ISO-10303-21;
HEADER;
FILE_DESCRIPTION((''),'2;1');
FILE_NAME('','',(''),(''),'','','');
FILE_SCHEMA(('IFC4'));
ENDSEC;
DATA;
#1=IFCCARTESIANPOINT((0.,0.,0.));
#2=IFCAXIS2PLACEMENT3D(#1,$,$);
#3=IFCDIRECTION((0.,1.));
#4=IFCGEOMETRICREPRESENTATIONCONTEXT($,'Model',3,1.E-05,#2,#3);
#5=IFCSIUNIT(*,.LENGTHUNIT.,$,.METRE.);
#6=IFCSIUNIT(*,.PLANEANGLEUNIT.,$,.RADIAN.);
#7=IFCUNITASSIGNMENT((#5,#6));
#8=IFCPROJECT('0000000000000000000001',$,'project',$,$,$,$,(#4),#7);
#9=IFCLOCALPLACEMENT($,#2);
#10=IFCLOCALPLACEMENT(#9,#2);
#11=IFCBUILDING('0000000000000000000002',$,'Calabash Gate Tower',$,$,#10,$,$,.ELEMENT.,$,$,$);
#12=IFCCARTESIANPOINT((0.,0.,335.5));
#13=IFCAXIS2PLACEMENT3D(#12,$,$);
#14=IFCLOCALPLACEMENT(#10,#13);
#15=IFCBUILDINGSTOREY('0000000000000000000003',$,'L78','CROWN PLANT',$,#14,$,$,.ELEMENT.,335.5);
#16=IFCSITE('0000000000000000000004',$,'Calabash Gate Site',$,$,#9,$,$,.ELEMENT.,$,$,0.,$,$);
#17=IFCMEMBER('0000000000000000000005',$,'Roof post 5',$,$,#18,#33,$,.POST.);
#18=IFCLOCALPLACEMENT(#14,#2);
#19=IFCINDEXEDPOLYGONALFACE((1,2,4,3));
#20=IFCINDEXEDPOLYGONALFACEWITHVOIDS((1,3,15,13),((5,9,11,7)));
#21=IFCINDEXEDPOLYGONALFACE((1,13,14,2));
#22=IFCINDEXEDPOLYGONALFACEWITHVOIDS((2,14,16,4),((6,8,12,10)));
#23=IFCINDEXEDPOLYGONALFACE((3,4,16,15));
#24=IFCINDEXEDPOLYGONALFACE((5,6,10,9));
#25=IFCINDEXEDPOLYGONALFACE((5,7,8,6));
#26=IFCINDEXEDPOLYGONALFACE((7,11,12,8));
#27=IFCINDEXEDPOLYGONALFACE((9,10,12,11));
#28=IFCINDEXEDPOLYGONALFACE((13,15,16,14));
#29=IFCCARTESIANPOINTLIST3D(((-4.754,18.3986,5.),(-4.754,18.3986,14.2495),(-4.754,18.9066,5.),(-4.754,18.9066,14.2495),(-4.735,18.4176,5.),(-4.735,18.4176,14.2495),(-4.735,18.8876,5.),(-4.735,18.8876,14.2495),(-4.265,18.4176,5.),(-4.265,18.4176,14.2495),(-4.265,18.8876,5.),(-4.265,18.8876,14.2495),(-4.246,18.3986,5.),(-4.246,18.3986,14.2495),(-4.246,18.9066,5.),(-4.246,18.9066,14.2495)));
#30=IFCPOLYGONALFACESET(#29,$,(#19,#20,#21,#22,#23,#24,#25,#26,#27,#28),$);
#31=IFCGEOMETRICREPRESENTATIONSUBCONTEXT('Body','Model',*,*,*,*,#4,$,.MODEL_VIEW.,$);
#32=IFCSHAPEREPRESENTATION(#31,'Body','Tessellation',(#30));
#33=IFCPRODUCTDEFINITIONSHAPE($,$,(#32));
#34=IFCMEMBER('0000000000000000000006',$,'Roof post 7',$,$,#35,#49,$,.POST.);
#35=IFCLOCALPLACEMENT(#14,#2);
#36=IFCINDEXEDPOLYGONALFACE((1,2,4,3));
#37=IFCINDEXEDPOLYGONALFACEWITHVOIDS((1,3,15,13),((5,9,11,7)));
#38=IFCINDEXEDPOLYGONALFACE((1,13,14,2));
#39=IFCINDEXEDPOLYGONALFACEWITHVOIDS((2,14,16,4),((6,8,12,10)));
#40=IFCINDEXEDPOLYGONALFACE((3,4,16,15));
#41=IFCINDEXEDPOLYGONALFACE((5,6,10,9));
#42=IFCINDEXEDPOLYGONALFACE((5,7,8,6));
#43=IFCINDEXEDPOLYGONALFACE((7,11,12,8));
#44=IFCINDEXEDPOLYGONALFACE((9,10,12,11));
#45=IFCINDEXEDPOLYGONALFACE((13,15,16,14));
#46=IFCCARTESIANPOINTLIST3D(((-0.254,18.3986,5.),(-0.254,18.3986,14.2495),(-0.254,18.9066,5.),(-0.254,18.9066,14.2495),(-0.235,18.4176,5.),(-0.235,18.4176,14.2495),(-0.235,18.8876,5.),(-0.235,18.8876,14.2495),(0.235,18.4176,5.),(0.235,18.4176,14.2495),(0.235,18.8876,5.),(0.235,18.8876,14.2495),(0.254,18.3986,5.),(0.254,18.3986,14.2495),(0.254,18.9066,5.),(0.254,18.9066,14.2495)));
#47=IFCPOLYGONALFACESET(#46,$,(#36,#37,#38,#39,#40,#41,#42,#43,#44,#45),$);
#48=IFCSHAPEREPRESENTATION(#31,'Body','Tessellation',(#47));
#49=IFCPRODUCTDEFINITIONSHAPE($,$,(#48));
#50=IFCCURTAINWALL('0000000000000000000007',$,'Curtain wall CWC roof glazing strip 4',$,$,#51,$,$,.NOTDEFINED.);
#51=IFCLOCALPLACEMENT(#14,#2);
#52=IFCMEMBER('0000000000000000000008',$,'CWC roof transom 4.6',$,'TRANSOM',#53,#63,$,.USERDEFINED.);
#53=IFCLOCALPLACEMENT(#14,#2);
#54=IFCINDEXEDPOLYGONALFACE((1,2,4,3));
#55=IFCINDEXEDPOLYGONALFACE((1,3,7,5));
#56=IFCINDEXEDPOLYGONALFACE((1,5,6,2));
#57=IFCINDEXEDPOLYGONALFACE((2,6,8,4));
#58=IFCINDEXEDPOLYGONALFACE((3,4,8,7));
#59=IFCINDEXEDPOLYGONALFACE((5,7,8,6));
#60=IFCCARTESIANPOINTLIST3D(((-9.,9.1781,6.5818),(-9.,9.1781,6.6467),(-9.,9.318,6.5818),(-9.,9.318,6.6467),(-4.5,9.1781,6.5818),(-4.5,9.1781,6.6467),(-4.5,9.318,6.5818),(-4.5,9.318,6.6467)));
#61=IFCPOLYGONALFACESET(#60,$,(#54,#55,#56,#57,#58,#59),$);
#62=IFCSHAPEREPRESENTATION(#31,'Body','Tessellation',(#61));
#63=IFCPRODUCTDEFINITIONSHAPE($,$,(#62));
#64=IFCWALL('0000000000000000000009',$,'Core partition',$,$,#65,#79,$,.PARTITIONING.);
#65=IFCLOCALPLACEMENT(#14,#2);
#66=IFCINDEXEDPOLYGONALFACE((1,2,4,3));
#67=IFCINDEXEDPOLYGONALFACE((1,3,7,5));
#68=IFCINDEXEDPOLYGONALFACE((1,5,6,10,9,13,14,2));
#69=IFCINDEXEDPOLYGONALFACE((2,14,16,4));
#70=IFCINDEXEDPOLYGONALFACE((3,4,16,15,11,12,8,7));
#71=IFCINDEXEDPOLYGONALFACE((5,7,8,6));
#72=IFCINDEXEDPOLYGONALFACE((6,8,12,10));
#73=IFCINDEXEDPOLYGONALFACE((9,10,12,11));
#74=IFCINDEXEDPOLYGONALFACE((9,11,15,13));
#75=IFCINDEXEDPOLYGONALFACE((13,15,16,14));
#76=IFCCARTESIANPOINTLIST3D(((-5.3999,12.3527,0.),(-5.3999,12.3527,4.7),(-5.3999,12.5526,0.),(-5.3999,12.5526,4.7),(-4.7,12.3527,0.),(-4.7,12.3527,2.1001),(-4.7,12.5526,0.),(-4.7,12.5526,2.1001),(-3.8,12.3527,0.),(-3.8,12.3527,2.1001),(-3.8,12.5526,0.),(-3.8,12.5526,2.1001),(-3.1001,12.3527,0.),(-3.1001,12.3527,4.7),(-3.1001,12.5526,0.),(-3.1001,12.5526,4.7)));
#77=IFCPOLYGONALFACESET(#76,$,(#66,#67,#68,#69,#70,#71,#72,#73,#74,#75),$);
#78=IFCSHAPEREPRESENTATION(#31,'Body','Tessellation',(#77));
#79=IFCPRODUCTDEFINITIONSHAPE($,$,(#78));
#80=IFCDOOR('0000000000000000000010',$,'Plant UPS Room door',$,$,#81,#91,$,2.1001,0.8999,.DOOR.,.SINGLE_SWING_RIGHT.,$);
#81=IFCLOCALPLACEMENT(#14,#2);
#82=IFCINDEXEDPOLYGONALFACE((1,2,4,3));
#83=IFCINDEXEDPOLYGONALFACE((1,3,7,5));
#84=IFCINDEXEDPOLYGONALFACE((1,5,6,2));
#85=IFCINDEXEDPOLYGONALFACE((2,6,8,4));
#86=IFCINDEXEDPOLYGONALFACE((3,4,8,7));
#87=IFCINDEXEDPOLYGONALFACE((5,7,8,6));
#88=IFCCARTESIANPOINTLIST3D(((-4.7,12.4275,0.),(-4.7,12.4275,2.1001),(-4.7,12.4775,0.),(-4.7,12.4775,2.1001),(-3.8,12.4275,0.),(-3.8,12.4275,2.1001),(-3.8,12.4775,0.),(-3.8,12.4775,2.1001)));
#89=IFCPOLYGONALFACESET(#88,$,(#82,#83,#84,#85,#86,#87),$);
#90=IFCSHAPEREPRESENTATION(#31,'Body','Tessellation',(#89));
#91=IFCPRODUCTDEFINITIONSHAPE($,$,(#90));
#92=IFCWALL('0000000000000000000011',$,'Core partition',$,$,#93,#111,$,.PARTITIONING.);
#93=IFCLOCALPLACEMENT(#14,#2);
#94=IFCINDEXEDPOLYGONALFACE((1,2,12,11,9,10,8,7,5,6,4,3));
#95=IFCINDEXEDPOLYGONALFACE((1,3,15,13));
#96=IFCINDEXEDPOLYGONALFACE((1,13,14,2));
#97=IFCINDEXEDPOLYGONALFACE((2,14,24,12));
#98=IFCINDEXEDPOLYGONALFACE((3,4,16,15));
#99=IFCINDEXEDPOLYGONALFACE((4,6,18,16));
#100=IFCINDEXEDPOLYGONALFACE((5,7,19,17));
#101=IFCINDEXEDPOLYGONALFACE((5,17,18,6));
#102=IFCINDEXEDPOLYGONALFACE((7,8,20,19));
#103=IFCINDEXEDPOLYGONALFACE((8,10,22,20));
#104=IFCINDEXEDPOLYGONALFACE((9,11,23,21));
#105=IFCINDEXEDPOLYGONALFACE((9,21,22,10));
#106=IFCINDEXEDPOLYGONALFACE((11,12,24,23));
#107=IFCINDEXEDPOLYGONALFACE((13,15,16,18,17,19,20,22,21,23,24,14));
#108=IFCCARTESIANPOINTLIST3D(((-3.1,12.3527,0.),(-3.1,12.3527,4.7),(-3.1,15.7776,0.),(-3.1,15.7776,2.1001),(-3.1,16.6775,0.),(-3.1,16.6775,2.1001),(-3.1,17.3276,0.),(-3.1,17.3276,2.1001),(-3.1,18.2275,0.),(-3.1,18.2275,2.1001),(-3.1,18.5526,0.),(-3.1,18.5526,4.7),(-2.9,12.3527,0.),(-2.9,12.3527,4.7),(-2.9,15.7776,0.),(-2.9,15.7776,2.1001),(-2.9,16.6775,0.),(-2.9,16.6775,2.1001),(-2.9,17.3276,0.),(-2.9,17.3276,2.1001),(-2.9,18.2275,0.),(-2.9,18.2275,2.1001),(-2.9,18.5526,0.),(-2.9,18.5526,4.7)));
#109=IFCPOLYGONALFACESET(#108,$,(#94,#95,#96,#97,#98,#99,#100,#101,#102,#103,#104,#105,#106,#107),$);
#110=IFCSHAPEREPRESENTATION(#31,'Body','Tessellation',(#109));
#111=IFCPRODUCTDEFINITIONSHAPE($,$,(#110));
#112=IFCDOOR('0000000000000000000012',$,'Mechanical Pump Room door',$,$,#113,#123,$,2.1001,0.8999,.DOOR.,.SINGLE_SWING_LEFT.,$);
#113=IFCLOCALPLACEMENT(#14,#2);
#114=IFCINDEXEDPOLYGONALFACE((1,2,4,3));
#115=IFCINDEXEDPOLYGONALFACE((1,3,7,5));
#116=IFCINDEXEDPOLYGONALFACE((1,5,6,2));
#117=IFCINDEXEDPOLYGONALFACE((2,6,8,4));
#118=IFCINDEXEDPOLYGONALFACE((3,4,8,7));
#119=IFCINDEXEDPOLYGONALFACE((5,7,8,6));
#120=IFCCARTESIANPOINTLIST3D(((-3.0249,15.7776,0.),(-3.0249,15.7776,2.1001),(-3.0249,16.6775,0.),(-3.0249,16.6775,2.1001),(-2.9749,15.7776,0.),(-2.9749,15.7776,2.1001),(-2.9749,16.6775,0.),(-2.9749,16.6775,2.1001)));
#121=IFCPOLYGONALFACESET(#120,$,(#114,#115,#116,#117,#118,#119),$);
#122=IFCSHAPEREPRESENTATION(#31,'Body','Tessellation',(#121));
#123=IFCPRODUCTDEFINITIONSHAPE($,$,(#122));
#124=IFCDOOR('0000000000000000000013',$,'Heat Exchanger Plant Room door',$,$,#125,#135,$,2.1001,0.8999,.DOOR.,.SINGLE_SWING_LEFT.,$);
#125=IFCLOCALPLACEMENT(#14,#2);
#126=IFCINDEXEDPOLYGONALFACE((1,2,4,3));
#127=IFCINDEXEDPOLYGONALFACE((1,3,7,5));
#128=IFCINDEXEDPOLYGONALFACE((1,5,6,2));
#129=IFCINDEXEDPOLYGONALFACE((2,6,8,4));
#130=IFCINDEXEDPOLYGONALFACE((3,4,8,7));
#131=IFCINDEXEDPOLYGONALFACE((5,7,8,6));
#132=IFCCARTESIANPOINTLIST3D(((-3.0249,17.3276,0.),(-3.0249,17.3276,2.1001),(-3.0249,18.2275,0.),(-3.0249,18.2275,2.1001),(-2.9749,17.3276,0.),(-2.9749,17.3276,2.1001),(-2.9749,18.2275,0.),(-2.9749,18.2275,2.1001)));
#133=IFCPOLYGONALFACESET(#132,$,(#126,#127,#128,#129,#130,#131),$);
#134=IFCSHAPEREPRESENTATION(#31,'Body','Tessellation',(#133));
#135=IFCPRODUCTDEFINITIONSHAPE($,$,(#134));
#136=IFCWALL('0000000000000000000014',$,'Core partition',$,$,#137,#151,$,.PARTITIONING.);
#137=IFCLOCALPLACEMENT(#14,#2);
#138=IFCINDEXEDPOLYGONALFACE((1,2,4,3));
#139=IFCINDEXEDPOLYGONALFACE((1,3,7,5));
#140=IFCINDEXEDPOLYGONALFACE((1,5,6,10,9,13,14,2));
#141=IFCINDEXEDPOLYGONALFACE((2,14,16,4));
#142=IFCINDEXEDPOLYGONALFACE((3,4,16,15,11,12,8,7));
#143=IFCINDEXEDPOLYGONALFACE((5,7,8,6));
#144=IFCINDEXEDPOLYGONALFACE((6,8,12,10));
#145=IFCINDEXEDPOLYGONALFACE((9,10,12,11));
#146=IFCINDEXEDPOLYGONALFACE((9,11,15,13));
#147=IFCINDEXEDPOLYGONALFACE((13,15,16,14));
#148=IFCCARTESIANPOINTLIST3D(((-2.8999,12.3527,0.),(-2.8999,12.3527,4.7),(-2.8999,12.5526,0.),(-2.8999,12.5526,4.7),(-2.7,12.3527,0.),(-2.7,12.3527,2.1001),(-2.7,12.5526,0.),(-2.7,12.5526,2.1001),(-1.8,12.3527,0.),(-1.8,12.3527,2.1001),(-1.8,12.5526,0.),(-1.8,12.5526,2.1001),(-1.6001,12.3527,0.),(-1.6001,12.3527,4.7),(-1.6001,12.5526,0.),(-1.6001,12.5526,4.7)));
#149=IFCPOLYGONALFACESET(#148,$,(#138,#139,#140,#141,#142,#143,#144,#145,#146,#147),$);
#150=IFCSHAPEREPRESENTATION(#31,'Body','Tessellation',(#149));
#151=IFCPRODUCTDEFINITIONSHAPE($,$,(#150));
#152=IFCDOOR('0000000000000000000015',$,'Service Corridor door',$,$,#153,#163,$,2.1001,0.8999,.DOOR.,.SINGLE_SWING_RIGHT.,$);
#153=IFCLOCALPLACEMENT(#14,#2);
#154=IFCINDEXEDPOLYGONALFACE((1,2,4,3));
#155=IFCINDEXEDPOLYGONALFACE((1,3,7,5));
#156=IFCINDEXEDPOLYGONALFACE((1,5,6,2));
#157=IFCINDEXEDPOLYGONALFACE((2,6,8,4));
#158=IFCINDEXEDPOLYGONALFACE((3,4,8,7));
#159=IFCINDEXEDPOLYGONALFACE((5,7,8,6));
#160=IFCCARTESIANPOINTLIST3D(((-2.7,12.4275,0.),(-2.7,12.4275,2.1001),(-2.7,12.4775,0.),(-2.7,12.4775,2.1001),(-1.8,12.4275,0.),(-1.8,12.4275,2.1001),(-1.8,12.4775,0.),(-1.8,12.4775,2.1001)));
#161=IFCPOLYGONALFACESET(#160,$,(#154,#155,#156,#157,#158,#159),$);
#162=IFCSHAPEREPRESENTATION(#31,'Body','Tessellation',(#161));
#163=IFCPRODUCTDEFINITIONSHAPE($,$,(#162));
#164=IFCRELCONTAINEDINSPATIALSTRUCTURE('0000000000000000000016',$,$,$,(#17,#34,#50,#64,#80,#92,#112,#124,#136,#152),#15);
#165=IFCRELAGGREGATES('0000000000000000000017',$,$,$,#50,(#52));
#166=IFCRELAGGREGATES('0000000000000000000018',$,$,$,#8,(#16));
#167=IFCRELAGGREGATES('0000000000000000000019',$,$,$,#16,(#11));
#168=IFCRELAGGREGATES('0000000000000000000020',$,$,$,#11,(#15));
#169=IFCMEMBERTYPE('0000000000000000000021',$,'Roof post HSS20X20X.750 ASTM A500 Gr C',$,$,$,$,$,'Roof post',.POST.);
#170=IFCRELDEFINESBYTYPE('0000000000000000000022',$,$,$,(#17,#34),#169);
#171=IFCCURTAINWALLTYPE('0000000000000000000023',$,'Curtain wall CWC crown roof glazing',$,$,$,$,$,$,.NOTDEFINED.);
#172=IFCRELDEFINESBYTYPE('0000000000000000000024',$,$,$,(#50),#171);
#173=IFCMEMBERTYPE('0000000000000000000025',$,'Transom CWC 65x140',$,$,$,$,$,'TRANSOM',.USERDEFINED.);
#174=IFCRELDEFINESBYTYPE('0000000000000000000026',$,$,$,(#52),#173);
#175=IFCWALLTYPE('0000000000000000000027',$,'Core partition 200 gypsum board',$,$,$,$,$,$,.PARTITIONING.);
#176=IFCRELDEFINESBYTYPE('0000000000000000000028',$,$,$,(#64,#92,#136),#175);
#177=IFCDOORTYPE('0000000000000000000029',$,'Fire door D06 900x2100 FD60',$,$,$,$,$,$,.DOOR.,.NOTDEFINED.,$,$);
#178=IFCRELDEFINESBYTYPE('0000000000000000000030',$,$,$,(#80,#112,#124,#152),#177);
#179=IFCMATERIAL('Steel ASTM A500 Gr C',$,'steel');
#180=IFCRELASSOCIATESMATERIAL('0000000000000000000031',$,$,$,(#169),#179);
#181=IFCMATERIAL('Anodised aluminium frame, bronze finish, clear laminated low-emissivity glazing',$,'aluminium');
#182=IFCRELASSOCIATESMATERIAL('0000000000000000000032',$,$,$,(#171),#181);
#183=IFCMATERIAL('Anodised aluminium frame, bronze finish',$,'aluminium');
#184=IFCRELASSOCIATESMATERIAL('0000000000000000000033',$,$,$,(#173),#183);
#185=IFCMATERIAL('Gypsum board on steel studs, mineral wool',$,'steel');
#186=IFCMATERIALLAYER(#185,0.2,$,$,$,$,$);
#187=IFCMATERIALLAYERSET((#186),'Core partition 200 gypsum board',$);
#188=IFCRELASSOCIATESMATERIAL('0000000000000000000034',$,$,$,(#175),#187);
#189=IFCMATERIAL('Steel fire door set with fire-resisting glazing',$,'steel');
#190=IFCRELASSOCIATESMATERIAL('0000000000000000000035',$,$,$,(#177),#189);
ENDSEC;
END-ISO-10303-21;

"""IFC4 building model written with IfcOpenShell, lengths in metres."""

from ifc_helpers import new_model, si_unit, direction, frame, frame_2d, origin, origin_2d, place, context, subcontext, project, spatial, rectangle, hollow_rectangle, extrude, material, layer, layer_set, material_profile, profile_set, type_object, element, fill, aggregate, save


model = new_model("IFC4")

# Units and contexts
model_context = context("Model", 3, precision=1e-05, world=origin(), true_north=direction((0.0, 1.0)))
body_context = subcontext(model_context, "Body", "Model", "MODEL_VIEW")
ifc_project = project(units=[si_unit("LENGTHUNIT", "METRE"), si_unit("PLANEANGLEUNIT", "RADIAN")], contexts=[model_context])

# Site, building, storey
site_placement = place(None, origin())
site = spatial("IfcSite", under=ifc_project, at=site_placement, Name="Calabash Gate Site", CompositionType="ELEMENT", RefElevation=0.0)
building_placement = place(site_placement, origin())
building = spatial("IfcBuilding", under=site, at=building_placement, Name="Calabash Gate Tower", CompositionType="ELEMENT")
storey_placement = place(building_placement, frame((0.0, 0.0, 335.5)))
storey = spatial("IfcBuildingStorey", under=building, at=storey_placement, Name="L78", Description="CROWN PLANT", CompositionType="ELEMENT", Elevation=335.5)

# Members
ifc_material_1 = material(Name="Steel ASTM A500 Gr C", Category="steel")
ifc_material_profile_1 = material_profile(ifc_material_1, hollow_rectangle(XDim=0.5081, YDim=0.5081, WallThickness=0.019, at=origin_2d()))
ifc_profile_set_1 = profile_set([ifc_material_profile_1], Name="Steel ASTM A500 Gr C")
member_type_1 = type_object("IfcMemberType", Name="Roof post HSS20X20X.750 ASTM A500 Gr C", ElementType="Roof post", PredefinedType="POST", material=ifc_profile_set_1)
for number, where, z_axis, x_axis, name in (
    (1, (-4.5, 18.6526, 5.0), (0.0, 0.0, 1.0), (1.0, 0.0, 0.0), "Roof post 5"),
    (2, (0.0, 18.6526, 5.0), (0.0, 0.0, 1.0), (1.0, 0.0, 0.0), "Roof post 7"),
):
    element("IfcMember", number, at=place(storey_placement, frame(where, z_axis=z_axis, x_axis=x_axis)), inside=storey, type_object=member_type_1, Name=name, PredefinedType="POST", context=body_context, shape_type="SweptSolid", body=[
        extrude(hollow_rectangle(XDim=0.5081, YDim=0.5081, WallThickness=0.019, at=origin_2d()), origin(), (0.0, 0.0, 1.0), 9.2495),
    ])

# Curtain wall, member
ifc_material_2 = material(Name="Anodised aluminium frame, bronze finish, clear laminated low-emissivity glazing", Category="aluminium")
curtain_wall_type = type_object("IfcCurtainWallType", Name="Curtain wall CWC crown roof glazing", PredefinedType="NOTDEFINED", material=ifc_material_2)
curtain_wall_placement = place(storey_placement, origin())
curtain_wall = element("IfcCurtainWall", 3, at=curtain_wall_placement, inside=storey, type_object=curtain_wall_type, Name="Curtain wall CWC roof glazing strip 4", PredefinedType="NOTDEFINED")
ifc_material_3 = material(Name="Anodised aluminium frame, bronze finish", Category="aluminium")
ifc_material_profile_2 = material_profile(ifc_material_3, rectangle(XDim=0.1399, YDim=0.0649, at=origin_2d()))
ifc_profile_set_2 = profile_set([ifc_material_profile_2], Name="Anodised aluminium frame, bronze finish")
member_type_2 = type_object("IfcMemberType", Name="Transom CWC 65x140", ElementType="TRANSOM", PredefinedType="USERDEFINED", material=ifc_profile_set_2)
member_placement = place(storey_placement, frame((-9.0, 9.248, 6.6143), z_axis=(1.0, 0.0, 0.0), x_axis=(0.0, 1.0, 0.0)))
member = element("IfcMember", 4, at=member_placement, type_object=member_type_2, Name="CWC roof transom 4.6", ObjectType="TRANSOM", PredefinedType="USERDEFINED", context=body_context, shape_type="SweptSolid", body=[
    extrude(rectangle(XDim=0.1399, YDim=0.0649, at=origin_2d()), origin(), (0.0, 0.0, 1.0), 4.5),
])
aggregate(curtain_wall, [member])

# Wall, opening, door
ifc_material_4 = material(Name="Gypsum board on steel studs, mineral wool", Category="steel")
ifc_layer_1 = layer(ifc_material_4, 0.2)
ifc_layer_set_1 = layer_set([ifc_layer_1], Name="Core partition 200 gypsum board")
wall_type_1 = type_object("IfcWallType", Name="Core partition 200 gypsum board", PredefinedType="PARTITIONING", material=ifc_layer_set_1)
wall_1_placement = place(storey_placement, frame((-5.3999, 12.4526, 0.0), z_axis=(0.0, 0.0, 1.0), x_axis=(1.0, 0.0, 0.0)))
wall_1 = element("IfcWall", 5, at=wall_1_placement, inside=storey, type_object=wall_type_1, Name="Core partition", PredefinedType="PARTITIONING", context=body_context, shape_type="SweptSolid", body=[
    extrude(rectangle(XDim=2.2998, YDim=0.2, at=frame_2d((1.1499, 0.0))), origin(), (0.0, 0.0, 1.0), 4.7),
])
opening_1_placement = place(wall_1_placement, frame((0.7, 0.0, 0.0)))
opening_1 = element("IfcOpeningElement", 6, at=opening_1_placement, cuts=wall_1, PredefinedType="OPENING", context=body_context, shape_type="SweptSolid", body=[
    extrude(rectangle(XDim=0.8999, YDim=2.1001, at=frame_2d((0.45, 1.05))), frame((0.0, 0.1099, 0.0), z_axis=(0.0, -1.0, 0.0), x_axis=(1.0, 0.0, 0.0)), (0.0, 0.0, 1.0), 0.22),
])
ifc_material_5 = material(Name="Steel fire door set with fire-resisting glazing", Category="steel")
door_type_1 = type_object("IfcDoorType", Name="Fire door D06 900x2100 FD60", OperationType="NOTDEFINED", PredefinedType="DOOR", material=ifc_material_5)
door_1_placement = place(opening_1_placement, origin())
door_1 = element("IfcDoor", 7, at=door_1_placement, inside=storey, type_object=door_type_1, Name="Plant UPS Room door", OperationType="SINGLE_SWING_RIGHT", OverallHeight=2.1001, OverallWidth=0.8999, PredefinedType="DOOR", context=body_context, shape_type="SweptSolid", body=[
    extrude(rectangle(XDim=0.8999, YDim=2.1001, at=frame_2d((0.45, 1.05))), frame((0.0, 0.0249, 0.0), z_axis=(0.0, -1.0, 0.0), x_axis=(1.0, 0.0, 0.0)), (0.0, 0.0, 1.0), 0.05),
])
fill(opening_1, door_1)

# Wall, openings, doors
wall_2_placement = place(storey_placement, frame((-3.0, 12.3525, 0.0), z_axis=(0.0, 0.0, 1.0), x_axis=(0.0, 1.0, 0.0)))
wall_2 = element("IfcWall", 8, at=wall_2_placement, inside=storey, type_object=wall_type_1, Name="Core partition", PredefinedType="PARTITIONING", context=body_context, shape_type="SweptSolid", body=[
    extrude(rectangle(XDim=6.2, YDim=0.2, at=frame_2d((3.1001, 0.0))), origin(), (0.0, 0.0, 1.0), 4.7),
])
opening_2_placement = place(wall_2_placement, frame((3.425, 0.0, 0.0)))
opening_2 = element("IfcOpeningElement", 9, at=opening_2_placement, cuts=wall_2, PredefinedType="OPENING", context=body_context, shape_type="SweptSolid", body=[
    extrude(rectangle(XDim=0.8999, YDim=2.1001, at=frame_2d((0.45, 1.05))), frame((0.0, 0.1099, 0.0), z_axis=(0.0, -1.0, 0.0), x_axis=(1.0, 0.0, 0.0)), (0.0, 0.0, 1.0), 0.22),
])
opening_3_placement = place(wall_2_placement, frame((4.9751, 0.0, 0.0)))
opening_3 = element("IfcOpeningElement", 10, at=opening_3_placement, cuts=wall_2, PredefinedType="OPENING", context=body_context, shape_type="SweptSolid", body=[
    extrude(rectangle(XDim=0.8999, YDim=2.1001, at=frame_2d((0.45, 1.05))), frame((0.0, 0.1099, 0.0), z_axis=(0.0, -1.0, 0.0), x_axis=(1.0, 0.0, 0.0)), (0.0, 0.0, 1.0), 0.22),
])
door_2_placement = place(opening_2_placement, origin())
door_2 = element("IfcDoor", 11, at=door_2_placement, inside=storey, type_object=door_type_1, Name="Mechanical Pump Room door", OperationType="SINGLE_SWING_LEFT", OverallHeight=2.1001, OverallWidth=0.8999, PredefinedType="DOOR", context=body_context, shape_type="SweptSolid", body=[
    extrude(rectangle(XDim=0.8999, YDim=2.1001, at=frame_2d((0.45, 1.05))), frame((0.0, 0.0249, 0.0), z_axis=(0.0, -1.0, 0.0), x_axis=(1.0, 0.0, 0.0)), (0.0, 0.0, 1.0), 0.05),
])
fill(opening_2, door_2)
door_3_placement = place(opening_3_placement, origin())
door_3 = element("IfcDoor", 12, at=door_3_placement, inside=storey, type_object=door_type_1, Name="Heat Exchanger Plant Room door", OperationType="SINGLE_SWING_LEFT", OverallHeight=2.1001, OverallWidth=0.8999, PredefinedType="DOOR", context=body_context, shape_type="SweptSolid", body=[
    extrude(rectangle(XDim=0.8999, YDim=2.1001, at=frame_2d((0.45, 1.05))), frame((0.0, 0.0249, 0.0), z_axis=(0.0, -1.0, 0.0), x_axis=(1.0, 0.0, 0.0)), (0.0, 0.0, 1.0), 0.05),
])
fill(opening_3, door_3)

# Wall, opening, door
wall_3_placement = place(storey_placement, frame((-2.8999, 12.4526, 0.0), z_axis=(0.0, 0.0, 1.0), x_axis=(1.0, 0.0, 0.0)))
wall_3 = element("IfcWall", 13, at=wall_3_placement, inside=storey, type_object=wall_type_1, Name="Core partition", PredefinedType="PARTITIONING", context=body_context, shape_type="SweptSolid", body=[
    extrude(rectangle(XDim=1.2998, YDim=0.2, at=frame_2d((0.6499, 0.0))), origin(), (0.0, 0.0, 1.0), 4.7),
])
opening_4_placement = place(wall_3_placement, frame((0.2, 0.0, 0.0)))
opening_4 = element("IfcOpeningElement", 14, at=opening_4_placement, cuts=wall_3, PredefinedType="OPENING", context=body_context, shape_type="SweptSolid", body=[
    extrude(rectangle(XDim=0.8999, YDim=2.1001, at=frame_2d((0.45, 1.05))), frame((0.0, 0.1099, 0.0), z_axis=(0.0, -1.0, 0.0), x_axis=(1.0, 0.0, 0.0)), (0.0, 0.0, 1.0), 0.22),
])
door_4_placement = place(opening_4_placement, origin())
door_4 = element("IfcDoor", 15, at=door_4_placement, inside=storey, type_object=door_type_1, Name="Service Corridor door", OperationType="SINGLE_SWING_RIGHT", OverallHeight=2.1001, OverallWidth=0.8999, PredefinedType="DOOR", context=body_context, shape_type="SweptSolid", body=[
    extrude(rectangle(XDim=0.8999, YDim=2.1001, at=frame_2d((0.45, 1.05))), frame((0.0, 0.0249, 0.0), z_axis=(0.0, -1.0, 0.0), x_axis=(1.0, 0.0, 0.0)), (0.0, 0.0, 1.0), 0.05),
])
fill(opening_4, door_4)

save(model, "model.ifc")
